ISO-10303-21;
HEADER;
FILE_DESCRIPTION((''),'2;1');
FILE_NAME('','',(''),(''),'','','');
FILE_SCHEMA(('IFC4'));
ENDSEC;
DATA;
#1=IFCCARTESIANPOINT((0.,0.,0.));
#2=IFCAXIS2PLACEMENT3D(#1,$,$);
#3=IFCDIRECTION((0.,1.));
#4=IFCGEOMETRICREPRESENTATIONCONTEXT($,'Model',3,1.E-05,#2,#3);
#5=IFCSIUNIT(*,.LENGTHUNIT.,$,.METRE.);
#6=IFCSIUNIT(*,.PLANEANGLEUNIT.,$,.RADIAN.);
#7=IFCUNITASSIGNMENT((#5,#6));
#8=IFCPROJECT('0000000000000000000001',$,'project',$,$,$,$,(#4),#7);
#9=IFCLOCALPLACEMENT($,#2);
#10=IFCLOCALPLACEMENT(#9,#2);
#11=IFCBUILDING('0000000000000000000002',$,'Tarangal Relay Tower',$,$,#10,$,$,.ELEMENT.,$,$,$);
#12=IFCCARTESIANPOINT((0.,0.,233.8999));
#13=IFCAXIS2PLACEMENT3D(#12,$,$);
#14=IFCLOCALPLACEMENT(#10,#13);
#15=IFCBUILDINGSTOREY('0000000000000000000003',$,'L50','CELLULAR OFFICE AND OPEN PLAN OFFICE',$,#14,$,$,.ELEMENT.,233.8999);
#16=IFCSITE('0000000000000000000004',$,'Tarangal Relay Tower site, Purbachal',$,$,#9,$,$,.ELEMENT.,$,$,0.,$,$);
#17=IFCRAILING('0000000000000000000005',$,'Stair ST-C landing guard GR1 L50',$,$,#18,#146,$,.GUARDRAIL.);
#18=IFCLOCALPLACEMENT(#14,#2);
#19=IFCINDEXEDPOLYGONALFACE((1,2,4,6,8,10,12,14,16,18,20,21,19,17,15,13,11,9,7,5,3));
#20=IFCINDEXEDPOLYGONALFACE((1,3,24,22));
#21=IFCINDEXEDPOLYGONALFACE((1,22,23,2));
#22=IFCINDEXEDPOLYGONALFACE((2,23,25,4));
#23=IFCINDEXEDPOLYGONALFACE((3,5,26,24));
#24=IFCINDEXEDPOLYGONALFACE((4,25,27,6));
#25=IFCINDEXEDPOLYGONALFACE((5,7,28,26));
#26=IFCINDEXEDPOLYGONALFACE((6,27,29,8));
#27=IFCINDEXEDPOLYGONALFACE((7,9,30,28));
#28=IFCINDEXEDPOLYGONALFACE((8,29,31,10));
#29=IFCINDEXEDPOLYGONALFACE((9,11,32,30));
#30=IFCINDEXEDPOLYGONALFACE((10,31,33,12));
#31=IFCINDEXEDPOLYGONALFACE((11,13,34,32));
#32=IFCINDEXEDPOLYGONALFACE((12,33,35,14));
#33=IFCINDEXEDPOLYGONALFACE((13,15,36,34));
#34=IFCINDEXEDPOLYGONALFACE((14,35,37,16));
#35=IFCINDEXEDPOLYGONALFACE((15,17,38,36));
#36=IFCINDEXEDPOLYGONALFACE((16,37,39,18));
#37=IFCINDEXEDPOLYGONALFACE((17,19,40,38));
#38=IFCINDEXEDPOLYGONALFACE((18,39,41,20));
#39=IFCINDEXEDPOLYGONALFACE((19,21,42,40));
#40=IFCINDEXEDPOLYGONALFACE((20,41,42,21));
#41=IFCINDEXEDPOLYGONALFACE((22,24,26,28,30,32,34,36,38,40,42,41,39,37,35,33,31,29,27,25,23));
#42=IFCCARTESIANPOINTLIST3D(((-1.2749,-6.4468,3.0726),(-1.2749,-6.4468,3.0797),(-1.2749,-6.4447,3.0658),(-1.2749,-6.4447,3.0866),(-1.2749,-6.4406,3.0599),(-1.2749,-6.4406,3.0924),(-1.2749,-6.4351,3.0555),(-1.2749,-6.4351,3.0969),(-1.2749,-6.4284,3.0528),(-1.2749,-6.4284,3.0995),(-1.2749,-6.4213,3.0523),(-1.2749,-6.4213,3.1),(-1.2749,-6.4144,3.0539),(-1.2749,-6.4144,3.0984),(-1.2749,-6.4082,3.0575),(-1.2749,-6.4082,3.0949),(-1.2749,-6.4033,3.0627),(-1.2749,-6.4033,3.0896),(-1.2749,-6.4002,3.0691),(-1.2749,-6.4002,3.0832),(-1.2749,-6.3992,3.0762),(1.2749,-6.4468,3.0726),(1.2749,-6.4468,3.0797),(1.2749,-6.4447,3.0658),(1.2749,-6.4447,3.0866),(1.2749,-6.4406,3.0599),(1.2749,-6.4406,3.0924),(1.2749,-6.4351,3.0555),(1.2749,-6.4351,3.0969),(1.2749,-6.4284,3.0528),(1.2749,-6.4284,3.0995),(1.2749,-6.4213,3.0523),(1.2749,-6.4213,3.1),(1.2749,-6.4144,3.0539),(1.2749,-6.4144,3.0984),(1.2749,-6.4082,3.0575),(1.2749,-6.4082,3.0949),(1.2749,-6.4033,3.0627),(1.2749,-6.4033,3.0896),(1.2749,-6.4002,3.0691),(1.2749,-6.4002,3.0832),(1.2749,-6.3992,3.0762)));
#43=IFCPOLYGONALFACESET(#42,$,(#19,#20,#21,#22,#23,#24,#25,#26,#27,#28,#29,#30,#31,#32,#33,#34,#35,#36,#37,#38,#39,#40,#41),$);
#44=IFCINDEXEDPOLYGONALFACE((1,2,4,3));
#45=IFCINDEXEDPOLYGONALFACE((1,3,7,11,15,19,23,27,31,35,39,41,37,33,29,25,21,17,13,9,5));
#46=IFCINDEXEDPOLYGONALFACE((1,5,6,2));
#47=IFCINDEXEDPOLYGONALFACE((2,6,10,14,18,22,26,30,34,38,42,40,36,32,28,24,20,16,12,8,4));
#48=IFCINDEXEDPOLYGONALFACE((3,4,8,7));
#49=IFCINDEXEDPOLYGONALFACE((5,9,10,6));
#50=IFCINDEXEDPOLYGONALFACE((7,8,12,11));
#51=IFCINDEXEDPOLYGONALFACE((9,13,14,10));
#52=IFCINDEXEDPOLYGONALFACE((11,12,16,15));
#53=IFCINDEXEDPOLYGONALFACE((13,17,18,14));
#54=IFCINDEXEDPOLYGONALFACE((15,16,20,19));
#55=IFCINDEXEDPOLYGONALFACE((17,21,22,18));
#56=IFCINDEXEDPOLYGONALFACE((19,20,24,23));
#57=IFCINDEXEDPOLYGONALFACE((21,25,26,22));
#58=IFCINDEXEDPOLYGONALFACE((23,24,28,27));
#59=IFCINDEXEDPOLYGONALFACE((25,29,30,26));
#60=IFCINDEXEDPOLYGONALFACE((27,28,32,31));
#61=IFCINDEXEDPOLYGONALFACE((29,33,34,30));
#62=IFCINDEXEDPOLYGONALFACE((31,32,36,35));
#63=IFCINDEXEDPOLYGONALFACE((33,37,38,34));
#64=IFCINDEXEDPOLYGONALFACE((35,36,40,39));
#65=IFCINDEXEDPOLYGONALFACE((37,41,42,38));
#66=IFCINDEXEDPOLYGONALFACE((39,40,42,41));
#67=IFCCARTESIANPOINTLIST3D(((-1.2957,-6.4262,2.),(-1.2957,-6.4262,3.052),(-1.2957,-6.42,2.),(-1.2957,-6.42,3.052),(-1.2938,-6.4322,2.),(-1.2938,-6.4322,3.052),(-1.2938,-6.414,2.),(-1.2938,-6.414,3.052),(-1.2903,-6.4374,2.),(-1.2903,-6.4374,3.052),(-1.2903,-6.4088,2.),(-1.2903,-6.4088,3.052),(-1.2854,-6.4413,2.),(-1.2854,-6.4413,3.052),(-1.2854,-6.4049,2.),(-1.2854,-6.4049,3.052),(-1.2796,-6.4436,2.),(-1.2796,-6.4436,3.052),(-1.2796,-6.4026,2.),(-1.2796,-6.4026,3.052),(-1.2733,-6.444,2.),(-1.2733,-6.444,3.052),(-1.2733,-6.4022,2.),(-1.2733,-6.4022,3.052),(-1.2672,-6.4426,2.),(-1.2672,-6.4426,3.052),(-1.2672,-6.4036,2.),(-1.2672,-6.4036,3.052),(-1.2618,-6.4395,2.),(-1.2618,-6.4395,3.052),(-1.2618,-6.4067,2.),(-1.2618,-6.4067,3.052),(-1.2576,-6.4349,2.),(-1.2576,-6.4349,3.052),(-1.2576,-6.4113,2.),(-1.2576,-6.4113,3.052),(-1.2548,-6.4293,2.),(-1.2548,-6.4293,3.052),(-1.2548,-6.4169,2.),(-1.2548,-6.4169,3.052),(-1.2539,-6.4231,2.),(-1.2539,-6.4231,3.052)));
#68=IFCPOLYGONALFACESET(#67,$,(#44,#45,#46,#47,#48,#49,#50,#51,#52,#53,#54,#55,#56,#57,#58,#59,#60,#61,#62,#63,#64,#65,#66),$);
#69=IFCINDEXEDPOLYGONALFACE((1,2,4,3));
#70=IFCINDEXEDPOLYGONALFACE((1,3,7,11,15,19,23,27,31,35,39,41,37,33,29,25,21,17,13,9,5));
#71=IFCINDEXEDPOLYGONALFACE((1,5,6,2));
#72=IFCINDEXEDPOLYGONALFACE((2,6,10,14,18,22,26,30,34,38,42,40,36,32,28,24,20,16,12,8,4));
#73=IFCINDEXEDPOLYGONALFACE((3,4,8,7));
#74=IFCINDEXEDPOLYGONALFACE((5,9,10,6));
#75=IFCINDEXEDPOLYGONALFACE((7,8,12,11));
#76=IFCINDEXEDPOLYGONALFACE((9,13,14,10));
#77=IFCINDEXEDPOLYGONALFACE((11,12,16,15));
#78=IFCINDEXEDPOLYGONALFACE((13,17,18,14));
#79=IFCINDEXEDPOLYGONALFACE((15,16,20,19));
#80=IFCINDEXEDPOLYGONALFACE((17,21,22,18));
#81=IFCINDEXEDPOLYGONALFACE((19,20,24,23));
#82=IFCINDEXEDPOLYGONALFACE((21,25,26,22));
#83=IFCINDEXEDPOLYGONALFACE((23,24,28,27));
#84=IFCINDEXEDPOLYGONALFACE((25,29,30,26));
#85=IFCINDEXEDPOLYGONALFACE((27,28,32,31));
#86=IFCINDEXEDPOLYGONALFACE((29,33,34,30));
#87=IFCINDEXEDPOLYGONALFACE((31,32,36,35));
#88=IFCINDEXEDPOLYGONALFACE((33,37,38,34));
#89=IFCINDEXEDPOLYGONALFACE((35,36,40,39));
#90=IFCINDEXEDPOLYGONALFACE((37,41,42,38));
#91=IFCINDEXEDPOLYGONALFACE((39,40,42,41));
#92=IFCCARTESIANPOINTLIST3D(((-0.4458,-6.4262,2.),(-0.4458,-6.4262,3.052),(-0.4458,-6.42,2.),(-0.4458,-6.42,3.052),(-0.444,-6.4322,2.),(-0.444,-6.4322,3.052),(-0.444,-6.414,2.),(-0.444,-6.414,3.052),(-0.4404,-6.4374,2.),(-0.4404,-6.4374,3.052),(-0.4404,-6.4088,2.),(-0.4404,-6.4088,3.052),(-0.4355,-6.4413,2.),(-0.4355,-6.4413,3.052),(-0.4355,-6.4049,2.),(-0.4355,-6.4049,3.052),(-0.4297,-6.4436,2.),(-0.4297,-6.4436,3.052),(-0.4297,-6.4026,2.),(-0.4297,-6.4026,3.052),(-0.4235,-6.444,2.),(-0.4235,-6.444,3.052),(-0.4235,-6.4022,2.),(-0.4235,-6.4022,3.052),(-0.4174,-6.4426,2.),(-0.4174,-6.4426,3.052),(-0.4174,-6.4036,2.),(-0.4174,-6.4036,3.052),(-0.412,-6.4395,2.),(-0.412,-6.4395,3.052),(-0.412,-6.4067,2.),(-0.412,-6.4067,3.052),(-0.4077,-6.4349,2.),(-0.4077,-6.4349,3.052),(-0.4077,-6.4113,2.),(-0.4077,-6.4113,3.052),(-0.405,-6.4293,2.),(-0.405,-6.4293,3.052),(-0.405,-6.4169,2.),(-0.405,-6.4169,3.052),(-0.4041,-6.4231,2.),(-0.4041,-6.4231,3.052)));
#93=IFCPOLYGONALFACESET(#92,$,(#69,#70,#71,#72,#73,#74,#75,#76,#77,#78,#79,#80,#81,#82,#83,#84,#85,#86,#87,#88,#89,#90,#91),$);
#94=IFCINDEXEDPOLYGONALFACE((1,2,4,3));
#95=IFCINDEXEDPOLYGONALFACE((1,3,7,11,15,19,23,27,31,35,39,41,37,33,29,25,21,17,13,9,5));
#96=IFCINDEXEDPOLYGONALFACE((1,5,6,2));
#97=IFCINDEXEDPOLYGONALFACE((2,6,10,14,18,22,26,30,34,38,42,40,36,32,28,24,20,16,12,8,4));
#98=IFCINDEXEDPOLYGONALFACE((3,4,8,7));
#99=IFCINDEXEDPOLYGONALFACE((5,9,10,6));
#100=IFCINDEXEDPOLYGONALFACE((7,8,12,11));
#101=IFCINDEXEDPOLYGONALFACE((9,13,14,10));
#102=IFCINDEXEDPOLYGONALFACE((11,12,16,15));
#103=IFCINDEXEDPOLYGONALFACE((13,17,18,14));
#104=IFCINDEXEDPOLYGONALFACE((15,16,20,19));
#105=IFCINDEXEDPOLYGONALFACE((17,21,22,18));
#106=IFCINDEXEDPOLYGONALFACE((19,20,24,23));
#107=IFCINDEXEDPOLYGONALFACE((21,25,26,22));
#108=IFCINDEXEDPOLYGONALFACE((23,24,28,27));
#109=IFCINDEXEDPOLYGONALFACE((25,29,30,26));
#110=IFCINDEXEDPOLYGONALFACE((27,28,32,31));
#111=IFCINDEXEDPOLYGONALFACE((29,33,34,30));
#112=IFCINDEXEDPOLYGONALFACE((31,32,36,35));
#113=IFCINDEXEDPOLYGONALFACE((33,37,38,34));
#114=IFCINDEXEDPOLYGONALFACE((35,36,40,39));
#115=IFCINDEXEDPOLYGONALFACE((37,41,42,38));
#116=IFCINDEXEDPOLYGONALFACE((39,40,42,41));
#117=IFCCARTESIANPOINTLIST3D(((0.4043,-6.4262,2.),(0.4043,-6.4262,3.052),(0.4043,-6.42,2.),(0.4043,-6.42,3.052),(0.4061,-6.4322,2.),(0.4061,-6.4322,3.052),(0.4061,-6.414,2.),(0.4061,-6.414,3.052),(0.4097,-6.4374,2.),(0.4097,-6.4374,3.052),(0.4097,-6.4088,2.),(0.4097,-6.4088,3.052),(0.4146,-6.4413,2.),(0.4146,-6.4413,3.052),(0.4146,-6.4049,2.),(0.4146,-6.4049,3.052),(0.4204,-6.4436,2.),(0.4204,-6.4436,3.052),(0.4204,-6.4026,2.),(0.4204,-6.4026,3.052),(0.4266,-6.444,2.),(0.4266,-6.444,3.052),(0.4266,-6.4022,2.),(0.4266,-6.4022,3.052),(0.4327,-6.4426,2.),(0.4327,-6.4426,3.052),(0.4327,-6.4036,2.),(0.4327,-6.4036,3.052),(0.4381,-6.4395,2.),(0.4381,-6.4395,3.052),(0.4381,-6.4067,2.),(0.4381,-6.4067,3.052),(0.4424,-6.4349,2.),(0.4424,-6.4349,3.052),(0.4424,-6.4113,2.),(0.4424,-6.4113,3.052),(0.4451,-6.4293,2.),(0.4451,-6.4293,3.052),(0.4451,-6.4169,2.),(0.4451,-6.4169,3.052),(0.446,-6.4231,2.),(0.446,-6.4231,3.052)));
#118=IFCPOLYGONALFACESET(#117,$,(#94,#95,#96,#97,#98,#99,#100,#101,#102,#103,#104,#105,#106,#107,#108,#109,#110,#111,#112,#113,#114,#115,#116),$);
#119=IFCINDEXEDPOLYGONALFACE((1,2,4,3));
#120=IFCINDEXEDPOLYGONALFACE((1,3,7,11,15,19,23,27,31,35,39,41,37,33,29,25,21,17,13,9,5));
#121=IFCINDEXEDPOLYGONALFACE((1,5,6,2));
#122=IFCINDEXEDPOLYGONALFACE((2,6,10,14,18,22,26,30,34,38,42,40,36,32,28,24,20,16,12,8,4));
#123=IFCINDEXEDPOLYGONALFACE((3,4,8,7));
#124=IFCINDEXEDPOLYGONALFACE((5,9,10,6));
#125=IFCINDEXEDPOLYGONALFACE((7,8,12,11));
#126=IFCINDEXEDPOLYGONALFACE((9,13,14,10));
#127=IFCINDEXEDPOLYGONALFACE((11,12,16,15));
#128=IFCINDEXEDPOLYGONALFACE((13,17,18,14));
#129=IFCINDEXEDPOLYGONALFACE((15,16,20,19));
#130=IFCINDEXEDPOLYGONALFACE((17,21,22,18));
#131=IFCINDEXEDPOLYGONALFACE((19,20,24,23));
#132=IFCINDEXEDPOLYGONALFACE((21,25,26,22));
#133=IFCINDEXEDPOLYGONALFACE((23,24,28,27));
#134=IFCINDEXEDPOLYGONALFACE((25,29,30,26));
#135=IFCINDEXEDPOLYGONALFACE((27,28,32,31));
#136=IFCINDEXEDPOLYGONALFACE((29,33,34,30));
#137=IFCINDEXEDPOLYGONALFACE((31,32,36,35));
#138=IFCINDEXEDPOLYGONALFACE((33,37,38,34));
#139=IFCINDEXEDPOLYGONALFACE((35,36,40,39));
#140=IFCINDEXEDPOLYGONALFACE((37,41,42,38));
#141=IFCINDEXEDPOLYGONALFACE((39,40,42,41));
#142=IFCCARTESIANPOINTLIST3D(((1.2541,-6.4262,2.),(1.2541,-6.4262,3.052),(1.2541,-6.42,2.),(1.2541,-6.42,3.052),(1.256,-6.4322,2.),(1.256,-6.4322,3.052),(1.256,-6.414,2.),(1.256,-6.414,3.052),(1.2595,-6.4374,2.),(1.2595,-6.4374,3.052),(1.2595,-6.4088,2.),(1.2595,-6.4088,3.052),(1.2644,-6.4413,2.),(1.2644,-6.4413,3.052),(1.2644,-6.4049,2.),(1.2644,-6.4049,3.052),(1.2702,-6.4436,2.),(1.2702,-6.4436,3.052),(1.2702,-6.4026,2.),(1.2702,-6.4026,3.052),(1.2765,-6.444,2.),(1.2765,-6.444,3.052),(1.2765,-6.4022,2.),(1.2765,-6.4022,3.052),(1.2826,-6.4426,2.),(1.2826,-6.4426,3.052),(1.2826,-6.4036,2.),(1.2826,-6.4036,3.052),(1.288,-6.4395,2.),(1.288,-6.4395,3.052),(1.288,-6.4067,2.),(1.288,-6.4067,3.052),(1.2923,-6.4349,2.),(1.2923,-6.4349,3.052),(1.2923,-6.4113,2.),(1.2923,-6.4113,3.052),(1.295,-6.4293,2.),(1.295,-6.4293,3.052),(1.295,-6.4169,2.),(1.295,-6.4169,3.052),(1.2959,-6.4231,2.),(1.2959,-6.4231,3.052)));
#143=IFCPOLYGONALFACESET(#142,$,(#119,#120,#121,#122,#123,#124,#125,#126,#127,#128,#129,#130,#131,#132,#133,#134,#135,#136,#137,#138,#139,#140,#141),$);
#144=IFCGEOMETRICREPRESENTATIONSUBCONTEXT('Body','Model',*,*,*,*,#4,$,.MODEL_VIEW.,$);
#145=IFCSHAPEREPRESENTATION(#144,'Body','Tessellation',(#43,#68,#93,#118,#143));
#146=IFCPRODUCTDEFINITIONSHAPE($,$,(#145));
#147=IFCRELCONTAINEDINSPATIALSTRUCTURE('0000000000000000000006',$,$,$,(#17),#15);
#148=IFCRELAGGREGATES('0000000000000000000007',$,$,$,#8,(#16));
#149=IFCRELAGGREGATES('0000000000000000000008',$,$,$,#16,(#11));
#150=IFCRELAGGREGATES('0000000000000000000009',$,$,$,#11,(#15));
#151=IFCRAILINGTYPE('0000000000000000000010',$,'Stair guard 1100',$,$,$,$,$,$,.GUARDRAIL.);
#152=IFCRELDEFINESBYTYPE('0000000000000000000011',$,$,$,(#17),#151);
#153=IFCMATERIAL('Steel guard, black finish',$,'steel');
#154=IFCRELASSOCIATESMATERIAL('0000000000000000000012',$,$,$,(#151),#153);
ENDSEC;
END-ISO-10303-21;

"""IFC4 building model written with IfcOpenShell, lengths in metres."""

from ifc_helpers import new_model, si_unit, direction, frame, origin, origin_2d, place, context, subcontext, project, spatial, circle, extrude, material, type_object, element, save


model = new_model("IFC4")

# Units and contexts
model_context = context("Model", 3, precision=1e-05, world=origin(), true_north=direction((0.0, 1.0)))
body_context = subcontext(model_context, "Body", "Model", "MODEL_VIEW")
ifc_project = project(units=[si_unit("LENGTHUNIT", "METRE"), si_unit("PLANEANGLEUNIT", "RADIAN")], contexts=[model_context])

# Site, building, storey
site_placement = place(None, origin())
site = spatial("IfcSite", under=ifc_project, at=site_placement, Name="Tarangal Relay Tower site, Purbachal", CompositionType="ELEMENT", RefElevation=0.0)
building_placement = place(site_placement, origin())
building = spatial("IfcBuilding", under=site, at=building_placement, Name="Tarangal Relay Tower", CompositionType="ELEMENT")
storey_placement = place(building_placement, frame((0.0, 0.0, 233.8999)))
storey = spatial("IfcBuildingStorey", under=building, at=storey_placement, Name="L50", Description="CELLULAR OFFICE AND OPEN PLAN OFFICE", CompositionType="ELEMENT", Elevation=233.8999)

# Railing
ifc_material_1 = material(Name="Steel guard, black finish", Category="steel")
railing_type = type_object("IfcRailingType", Name="Stair guard 1100", PredefinedType="GUARDRAIL", material=ifc_material_1)
railing_placement = place(storey_placement, frame((-1.2749, -6.4231, 2.0)))
element("IfcRailing", 1, at=railing_placement, inside=storey, type_object=railing_type, Name="Stair ST-C landing guard GR1 L50", PredefinedType="GUARDRAIL", context=body_context, shape_type="SweptSolid", body=[
    extrude(circle(Radius=0.0239, at=origin_2d()), frame((0.0, 0.0, 1.0762), z_axis=(1.0, 0.0, 0.0), x_axis=(0.0, 1.0, 0.0)), (0.0, 0.0, 1.0), 2.5498),
    extrude(circle(Radius=0.021, at=origin_2d()), origin(), (0.0, 0.0, 1.0), 1.052),
    extrude(circle(Radius=0.021, at=origin_2d()), frame((0.8499, 0.0, 0.0)), (0.0, 0.0, 1.0), 1.052),
    extrude(circle(Radius=0.021, at=origin_2d()), frame((1.7, 0.0, 0.0)), (0.0, 0.0, 1.0), 1.052),
    extrude(circle(Radius=0.021, at=origin_2d()), frame((2.5498, 0.0, 0.0)), (0.0, 0.0, 1.0), 1.052),
])

save(model, "model.ifc")
